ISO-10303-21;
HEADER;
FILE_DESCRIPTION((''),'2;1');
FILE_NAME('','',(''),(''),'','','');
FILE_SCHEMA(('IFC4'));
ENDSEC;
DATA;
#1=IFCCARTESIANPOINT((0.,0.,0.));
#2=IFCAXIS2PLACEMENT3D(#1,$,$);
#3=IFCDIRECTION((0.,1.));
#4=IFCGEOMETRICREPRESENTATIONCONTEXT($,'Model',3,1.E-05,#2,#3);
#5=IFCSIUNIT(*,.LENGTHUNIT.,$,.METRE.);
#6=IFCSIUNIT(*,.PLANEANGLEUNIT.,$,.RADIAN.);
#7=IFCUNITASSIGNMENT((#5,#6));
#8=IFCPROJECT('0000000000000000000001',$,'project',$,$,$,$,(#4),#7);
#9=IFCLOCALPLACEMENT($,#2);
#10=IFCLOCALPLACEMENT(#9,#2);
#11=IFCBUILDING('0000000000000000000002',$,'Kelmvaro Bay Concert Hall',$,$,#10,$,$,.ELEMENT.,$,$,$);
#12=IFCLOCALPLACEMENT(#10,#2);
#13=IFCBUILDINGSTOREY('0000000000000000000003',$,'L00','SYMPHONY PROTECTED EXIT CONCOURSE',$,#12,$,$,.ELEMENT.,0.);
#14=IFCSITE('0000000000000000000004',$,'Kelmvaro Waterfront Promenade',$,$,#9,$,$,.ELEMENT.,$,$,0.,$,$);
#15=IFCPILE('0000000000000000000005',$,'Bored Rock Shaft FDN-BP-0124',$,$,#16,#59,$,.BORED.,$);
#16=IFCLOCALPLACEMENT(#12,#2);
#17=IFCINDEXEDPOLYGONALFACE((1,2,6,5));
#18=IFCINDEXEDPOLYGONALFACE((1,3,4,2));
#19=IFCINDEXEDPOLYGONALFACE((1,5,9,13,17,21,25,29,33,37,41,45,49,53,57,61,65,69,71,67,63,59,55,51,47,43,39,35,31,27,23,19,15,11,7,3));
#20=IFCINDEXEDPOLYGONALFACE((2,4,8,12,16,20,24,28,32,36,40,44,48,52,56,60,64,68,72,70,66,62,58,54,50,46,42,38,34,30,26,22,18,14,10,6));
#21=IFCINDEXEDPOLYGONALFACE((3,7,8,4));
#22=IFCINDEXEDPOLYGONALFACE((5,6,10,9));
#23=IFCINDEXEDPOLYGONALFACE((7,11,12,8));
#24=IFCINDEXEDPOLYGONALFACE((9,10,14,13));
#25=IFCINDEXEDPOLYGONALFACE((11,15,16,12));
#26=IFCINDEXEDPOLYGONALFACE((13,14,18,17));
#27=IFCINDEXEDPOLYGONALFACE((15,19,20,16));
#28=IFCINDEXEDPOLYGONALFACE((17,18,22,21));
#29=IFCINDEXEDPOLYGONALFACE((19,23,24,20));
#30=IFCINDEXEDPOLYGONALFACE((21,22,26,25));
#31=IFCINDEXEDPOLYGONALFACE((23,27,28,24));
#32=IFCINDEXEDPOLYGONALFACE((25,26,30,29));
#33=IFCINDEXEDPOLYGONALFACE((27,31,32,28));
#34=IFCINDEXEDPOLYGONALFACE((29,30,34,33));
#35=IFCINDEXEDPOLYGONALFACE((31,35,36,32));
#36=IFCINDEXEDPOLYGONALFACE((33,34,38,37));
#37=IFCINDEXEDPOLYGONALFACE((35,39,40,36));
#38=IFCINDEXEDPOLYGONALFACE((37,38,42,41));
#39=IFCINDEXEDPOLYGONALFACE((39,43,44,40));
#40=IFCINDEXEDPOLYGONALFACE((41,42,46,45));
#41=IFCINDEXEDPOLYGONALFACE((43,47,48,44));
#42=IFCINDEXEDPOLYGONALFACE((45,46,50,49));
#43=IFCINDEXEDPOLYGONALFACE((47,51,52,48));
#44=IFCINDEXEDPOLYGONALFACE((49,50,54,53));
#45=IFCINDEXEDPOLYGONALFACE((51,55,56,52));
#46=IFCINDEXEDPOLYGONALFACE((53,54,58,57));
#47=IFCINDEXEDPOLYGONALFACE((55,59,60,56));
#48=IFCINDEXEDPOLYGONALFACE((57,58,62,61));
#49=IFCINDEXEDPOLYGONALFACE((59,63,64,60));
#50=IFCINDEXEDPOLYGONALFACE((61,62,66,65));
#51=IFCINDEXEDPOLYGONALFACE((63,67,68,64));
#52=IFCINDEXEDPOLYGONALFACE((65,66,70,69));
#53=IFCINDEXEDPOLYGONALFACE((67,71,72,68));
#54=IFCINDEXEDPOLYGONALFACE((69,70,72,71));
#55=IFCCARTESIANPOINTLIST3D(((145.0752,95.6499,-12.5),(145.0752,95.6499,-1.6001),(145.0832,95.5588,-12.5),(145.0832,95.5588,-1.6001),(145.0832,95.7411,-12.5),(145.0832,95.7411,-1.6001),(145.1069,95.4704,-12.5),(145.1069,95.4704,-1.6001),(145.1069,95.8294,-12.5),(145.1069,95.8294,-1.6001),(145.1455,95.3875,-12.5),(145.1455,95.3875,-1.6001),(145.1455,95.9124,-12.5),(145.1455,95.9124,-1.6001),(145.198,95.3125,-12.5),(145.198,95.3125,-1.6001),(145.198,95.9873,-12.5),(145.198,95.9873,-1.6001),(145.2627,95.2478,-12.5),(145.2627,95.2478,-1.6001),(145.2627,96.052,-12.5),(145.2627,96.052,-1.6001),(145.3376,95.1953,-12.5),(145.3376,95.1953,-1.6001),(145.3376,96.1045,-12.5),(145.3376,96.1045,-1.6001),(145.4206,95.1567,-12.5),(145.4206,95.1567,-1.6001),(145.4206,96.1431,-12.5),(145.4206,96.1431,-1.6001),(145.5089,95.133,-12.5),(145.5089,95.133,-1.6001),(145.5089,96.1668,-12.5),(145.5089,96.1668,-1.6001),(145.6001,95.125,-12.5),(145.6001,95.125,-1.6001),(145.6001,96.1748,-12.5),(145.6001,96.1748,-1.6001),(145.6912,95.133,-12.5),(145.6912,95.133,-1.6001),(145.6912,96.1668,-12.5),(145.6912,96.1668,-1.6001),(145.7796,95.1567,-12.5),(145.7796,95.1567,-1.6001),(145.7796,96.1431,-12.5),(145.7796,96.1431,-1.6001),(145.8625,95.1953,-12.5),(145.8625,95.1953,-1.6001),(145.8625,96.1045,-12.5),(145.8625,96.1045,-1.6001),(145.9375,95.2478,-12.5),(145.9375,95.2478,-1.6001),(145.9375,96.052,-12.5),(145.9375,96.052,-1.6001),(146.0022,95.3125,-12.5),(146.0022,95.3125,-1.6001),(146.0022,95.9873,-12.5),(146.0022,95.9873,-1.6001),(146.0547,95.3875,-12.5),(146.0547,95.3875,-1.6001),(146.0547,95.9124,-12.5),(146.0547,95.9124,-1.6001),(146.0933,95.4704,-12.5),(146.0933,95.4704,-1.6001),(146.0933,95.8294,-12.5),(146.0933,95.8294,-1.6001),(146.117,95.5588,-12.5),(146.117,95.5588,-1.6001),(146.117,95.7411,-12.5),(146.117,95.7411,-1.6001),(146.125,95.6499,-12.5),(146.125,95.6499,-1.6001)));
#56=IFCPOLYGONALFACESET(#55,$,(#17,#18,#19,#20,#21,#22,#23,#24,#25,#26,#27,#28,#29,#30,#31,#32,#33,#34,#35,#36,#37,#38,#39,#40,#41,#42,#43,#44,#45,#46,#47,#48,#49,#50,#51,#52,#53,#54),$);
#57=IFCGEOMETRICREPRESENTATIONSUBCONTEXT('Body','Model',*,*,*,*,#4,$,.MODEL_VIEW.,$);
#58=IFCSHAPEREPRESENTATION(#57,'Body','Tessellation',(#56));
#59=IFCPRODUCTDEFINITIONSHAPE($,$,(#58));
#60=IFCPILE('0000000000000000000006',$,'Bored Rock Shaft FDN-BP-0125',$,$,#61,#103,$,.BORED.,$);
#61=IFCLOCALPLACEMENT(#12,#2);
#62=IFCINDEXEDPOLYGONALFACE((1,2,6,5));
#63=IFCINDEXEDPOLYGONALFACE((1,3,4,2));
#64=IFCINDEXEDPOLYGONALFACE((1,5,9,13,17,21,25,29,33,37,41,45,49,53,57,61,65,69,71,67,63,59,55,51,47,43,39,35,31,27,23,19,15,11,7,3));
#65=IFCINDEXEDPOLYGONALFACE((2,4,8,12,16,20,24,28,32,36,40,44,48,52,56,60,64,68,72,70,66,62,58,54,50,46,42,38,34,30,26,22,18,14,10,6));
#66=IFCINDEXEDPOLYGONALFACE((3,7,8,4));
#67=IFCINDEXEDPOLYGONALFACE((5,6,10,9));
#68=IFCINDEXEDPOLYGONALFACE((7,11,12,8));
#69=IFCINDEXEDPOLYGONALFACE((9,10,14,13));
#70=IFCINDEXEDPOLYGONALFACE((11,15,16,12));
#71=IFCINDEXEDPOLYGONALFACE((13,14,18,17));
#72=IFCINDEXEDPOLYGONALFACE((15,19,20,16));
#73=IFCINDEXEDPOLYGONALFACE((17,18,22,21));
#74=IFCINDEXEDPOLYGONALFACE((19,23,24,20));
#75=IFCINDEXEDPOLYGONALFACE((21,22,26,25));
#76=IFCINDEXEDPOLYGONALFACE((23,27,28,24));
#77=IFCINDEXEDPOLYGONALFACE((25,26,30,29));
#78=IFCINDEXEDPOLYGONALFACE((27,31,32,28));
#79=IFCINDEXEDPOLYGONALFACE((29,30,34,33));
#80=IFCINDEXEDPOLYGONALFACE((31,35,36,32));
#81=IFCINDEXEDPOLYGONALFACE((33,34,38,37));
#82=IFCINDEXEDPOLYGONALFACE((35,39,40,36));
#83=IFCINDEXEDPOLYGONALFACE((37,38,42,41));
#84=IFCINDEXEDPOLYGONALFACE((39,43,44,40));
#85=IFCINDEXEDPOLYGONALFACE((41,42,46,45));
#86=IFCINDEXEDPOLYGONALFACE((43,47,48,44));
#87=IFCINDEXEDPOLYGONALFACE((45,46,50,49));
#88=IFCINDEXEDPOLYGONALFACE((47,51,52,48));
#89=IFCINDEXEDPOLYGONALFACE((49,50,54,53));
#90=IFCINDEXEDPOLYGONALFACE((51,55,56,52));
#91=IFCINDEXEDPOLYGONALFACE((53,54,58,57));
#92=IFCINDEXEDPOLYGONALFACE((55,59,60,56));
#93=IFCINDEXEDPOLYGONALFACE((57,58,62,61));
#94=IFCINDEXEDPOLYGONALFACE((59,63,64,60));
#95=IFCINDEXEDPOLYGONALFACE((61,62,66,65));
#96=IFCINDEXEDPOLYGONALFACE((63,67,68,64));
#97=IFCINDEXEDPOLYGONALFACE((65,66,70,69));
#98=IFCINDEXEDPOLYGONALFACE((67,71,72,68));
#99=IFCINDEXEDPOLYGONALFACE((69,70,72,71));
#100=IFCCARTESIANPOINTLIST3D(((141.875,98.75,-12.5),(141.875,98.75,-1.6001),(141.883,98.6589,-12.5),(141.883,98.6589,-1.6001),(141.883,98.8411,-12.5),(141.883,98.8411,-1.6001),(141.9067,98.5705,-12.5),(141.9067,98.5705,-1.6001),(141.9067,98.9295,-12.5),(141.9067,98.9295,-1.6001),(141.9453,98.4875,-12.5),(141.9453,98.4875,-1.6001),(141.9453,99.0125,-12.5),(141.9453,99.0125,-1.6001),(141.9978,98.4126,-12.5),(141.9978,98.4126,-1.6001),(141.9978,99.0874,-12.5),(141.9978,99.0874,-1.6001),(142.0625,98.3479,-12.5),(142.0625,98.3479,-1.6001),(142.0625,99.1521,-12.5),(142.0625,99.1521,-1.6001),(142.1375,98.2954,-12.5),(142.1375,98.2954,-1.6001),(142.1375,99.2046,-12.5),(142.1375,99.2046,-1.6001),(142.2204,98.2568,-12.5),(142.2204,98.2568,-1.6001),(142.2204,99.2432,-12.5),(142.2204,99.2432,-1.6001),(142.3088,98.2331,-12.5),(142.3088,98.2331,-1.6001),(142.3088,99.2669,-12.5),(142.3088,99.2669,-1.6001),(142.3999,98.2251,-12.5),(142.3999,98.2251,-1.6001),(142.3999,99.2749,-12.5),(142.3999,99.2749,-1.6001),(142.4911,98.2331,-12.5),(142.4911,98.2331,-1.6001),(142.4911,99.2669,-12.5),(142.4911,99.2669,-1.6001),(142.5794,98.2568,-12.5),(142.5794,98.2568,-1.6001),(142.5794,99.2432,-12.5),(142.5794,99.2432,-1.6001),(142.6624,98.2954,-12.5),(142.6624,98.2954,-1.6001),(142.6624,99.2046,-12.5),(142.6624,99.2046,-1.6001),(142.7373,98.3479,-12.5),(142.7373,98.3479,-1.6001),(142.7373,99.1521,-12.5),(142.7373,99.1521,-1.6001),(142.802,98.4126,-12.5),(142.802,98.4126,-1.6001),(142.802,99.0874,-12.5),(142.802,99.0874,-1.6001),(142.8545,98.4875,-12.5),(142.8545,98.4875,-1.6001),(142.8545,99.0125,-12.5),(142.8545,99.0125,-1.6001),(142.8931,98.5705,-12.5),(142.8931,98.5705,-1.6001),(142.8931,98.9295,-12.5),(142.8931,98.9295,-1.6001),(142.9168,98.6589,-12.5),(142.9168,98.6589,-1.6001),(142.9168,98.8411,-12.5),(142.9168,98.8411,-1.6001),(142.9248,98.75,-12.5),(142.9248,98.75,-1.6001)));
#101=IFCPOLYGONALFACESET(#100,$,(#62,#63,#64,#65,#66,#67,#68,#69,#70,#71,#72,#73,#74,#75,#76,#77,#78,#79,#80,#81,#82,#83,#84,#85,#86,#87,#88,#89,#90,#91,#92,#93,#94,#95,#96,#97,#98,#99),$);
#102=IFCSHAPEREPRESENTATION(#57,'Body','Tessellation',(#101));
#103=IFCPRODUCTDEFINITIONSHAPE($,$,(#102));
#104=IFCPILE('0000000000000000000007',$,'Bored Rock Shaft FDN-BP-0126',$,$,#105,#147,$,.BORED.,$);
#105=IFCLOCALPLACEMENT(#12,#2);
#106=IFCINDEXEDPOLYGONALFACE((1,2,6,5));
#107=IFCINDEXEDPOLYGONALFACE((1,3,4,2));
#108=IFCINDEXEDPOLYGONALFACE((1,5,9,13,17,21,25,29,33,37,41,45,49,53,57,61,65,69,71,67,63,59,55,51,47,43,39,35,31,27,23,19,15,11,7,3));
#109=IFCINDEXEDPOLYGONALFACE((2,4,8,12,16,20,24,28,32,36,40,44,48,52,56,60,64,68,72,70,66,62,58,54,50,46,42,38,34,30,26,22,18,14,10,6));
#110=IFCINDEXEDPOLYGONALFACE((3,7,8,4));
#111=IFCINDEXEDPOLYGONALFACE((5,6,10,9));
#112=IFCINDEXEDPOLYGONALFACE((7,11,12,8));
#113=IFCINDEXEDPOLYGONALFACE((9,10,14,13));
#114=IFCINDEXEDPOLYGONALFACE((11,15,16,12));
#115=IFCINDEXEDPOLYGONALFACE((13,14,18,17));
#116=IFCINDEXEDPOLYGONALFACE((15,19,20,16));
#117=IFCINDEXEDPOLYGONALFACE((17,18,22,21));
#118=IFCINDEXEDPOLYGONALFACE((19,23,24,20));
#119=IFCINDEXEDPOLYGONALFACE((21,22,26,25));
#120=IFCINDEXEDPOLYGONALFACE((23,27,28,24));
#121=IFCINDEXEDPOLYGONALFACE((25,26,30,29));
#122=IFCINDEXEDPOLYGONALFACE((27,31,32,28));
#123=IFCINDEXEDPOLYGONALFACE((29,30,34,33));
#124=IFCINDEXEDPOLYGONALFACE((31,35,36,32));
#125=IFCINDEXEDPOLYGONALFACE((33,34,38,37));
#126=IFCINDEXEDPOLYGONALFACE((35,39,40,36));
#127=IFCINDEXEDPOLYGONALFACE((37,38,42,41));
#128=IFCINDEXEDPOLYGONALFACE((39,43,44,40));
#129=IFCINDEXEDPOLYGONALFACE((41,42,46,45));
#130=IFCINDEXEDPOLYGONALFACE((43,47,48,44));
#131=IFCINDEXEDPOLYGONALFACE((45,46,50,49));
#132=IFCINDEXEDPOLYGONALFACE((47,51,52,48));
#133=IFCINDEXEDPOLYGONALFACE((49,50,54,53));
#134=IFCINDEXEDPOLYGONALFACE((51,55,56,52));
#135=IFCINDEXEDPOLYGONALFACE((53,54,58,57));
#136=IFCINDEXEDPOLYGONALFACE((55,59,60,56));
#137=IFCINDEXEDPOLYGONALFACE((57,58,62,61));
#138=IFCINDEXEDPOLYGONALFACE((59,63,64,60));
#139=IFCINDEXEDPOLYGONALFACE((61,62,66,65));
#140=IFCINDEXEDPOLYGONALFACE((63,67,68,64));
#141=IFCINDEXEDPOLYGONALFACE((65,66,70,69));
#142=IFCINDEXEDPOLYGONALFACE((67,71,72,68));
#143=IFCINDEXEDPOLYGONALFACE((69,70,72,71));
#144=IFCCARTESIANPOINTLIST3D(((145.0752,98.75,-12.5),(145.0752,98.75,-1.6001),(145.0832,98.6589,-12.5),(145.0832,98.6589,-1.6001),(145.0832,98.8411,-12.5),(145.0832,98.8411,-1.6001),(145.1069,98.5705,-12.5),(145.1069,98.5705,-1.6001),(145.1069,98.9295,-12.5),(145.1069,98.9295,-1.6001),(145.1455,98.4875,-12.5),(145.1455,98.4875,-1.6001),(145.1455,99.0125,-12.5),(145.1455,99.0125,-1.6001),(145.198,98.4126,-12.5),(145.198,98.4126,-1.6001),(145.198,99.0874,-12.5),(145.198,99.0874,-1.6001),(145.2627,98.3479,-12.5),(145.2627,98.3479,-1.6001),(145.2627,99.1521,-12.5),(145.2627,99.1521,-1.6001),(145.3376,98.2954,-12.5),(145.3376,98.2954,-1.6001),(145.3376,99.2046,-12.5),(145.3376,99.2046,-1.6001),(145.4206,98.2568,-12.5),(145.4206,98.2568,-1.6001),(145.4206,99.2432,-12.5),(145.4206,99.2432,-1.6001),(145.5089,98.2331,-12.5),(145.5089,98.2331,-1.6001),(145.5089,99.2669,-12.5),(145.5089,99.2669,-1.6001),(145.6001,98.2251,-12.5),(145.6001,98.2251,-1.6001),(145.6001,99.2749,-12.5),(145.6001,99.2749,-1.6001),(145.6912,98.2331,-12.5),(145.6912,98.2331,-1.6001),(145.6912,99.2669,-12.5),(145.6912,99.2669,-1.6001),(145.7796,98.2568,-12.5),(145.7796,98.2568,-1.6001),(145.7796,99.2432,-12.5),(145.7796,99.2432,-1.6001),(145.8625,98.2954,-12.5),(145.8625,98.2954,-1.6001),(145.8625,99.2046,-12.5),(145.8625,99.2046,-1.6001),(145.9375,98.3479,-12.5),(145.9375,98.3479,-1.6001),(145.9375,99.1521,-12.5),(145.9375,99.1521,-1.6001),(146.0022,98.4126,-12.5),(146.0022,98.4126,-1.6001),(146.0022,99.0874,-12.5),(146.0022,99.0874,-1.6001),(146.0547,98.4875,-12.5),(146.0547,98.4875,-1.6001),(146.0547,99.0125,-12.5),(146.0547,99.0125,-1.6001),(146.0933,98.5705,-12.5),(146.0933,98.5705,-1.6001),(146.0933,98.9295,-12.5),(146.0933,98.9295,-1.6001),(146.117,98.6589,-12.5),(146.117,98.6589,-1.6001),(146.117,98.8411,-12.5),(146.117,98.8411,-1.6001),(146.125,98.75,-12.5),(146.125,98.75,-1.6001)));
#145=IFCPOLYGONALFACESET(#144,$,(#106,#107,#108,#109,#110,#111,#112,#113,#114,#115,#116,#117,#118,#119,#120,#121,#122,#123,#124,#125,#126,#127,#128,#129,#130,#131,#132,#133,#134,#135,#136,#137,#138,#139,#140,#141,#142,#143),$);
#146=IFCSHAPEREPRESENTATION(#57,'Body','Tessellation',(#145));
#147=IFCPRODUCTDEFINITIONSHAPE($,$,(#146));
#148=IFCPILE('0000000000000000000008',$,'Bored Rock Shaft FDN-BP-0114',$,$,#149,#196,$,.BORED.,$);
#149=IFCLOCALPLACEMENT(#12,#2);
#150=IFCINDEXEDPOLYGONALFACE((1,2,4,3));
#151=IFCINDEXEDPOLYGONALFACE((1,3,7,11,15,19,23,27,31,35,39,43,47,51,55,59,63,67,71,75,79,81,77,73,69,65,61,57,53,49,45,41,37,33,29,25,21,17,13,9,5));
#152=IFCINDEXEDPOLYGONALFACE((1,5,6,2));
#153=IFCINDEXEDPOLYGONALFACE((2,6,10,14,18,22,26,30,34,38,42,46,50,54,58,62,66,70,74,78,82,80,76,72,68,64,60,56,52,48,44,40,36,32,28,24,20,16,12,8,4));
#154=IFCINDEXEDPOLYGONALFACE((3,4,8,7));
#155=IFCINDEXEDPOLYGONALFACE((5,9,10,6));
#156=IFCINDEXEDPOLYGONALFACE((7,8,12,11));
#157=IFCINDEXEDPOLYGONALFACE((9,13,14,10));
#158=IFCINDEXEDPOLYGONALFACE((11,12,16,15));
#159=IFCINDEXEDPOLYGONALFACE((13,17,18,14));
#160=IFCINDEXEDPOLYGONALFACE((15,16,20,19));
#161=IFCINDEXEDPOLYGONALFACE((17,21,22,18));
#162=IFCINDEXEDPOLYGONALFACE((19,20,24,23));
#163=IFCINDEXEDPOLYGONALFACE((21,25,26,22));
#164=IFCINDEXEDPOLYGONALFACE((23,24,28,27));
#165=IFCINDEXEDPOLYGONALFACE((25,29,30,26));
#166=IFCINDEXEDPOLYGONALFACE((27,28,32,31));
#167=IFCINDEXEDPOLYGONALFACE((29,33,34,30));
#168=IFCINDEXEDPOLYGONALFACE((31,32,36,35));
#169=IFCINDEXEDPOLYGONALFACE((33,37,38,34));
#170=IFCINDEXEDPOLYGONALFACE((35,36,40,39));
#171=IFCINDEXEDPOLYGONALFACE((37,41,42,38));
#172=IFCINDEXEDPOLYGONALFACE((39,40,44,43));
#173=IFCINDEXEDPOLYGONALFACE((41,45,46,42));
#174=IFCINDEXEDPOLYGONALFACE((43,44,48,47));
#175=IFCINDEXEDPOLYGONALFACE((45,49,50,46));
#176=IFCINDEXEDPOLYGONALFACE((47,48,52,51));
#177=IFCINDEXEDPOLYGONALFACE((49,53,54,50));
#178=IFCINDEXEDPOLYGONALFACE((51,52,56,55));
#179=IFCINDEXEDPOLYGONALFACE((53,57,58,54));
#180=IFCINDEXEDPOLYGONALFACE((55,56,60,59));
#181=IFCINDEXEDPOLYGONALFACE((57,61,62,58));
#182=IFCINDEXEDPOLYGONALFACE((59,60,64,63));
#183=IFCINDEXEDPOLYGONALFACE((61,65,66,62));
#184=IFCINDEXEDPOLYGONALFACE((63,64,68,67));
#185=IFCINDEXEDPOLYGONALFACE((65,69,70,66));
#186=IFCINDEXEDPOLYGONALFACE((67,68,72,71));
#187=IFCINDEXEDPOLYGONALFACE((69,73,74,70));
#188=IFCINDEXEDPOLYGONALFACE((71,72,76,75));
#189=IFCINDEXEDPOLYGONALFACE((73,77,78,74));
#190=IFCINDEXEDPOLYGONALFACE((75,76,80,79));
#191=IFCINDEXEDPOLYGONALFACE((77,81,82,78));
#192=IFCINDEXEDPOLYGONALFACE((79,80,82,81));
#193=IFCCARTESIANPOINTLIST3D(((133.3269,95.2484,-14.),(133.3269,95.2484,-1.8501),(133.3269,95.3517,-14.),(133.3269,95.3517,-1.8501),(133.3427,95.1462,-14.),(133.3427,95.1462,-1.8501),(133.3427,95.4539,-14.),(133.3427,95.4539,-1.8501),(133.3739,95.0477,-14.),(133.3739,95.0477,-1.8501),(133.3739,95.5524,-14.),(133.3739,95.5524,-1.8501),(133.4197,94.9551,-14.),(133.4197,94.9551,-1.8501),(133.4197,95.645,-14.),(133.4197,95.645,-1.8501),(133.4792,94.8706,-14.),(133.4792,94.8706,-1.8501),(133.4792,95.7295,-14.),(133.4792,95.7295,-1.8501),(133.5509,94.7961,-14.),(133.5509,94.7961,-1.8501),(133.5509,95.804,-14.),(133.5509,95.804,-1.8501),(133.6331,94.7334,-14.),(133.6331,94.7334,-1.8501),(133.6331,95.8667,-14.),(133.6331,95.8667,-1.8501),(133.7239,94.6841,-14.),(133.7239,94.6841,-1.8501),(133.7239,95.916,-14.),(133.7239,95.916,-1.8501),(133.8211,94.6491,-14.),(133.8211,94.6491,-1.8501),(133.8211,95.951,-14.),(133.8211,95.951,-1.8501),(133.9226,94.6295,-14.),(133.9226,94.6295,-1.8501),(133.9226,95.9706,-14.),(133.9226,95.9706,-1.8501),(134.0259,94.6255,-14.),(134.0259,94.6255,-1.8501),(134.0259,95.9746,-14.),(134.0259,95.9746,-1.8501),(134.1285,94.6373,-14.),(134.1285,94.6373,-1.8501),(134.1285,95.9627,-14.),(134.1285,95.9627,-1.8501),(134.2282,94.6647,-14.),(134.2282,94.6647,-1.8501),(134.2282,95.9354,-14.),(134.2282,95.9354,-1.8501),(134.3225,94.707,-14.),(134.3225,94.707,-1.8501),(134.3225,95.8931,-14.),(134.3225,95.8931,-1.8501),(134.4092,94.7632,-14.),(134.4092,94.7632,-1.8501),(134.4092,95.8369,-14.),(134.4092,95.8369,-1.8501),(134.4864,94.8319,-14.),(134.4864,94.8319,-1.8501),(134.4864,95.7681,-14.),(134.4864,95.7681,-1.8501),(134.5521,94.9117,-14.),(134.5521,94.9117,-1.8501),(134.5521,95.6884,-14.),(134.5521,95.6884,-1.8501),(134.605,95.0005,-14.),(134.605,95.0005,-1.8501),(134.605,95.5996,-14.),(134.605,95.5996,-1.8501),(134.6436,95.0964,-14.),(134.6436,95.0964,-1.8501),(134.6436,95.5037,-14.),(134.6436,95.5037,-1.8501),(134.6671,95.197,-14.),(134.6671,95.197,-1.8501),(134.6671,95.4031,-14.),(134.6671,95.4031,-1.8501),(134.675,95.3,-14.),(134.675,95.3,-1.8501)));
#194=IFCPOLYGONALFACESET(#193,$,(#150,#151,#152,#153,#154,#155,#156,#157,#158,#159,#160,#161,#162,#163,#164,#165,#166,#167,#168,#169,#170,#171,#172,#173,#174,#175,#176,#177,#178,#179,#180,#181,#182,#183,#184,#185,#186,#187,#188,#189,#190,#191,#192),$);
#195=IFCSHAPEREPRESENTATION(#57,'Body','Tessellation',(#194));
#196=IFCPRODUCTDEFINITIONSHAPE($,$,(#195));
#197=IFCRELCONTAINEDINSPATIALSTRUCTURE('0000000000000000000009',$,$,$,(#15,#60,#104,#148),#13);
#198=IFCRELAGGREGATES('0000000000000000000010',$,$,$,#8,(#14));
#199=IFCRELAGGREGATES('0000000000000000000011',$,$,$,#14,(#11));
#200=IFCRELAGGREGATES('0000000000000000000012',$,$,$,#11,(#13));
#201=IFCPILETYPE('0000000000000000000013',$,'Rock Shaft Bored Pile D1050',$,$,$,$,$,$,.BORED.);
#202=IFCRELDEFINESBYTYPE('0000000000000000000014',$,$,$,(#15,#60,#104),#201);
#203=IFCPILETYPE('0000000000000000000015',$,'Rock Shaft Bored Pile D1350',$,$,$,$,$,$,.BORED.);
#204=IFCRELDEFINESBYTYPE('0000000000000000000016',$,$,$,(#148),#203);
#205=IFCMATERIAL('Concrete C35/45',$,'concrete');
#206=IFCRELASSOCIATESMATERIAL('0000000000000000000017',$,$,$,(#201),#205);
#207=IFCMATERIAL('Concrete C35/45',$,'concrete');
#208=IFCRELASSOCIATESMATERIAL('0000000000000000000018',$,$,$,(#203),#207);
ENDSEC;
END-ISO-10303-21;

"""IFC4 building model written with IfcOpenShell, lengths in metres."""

from ifc_helpers import new_model, si_unit, direction, frame, origin, origin_2d, place, context, subcontext, project, spatial, circle, extrude, material, material_profile, profile_set, type_object, element, save


model = new_model("IFC4")

# Units and contexts
model_context = context("Model", 3, precision=1e-05, world=origin(), true_north=direction((0.0, 1.0)))
body_context = subcontext(model_context, "Body", "Model", "MODEL_VIEW")
ifc_project = project(units=[si_unit("LENGTHUNIT", "METRE"), si_unit("PLANEANGLEUNIT", "RADIAN")], contexts=[model_context])

# Site, building, storey
site_placement = place(None, origin())
site = spatial("IfcSite", under=ifc_project, at=site_placement, Name="Kelmvaro Waterfront Promenade", CompositionType="ELEMENT", RefElevation=0.0)
building_placement = place(site_placement, origin())
building = spatial("IfcBuilding", under=site, at=building_placement, Name="Kelmvaro Bay Concert Hall", CompositionType="ELEMENT")
storey_placement = place(building_placement, origin())
storey = spatial("IfcBuildingStorey", under=building, at=storey_placement, Name="L00", Description="SYMPHONY PROTECTED EXIT CONCOURSE", CompositionType="ELEMENT", Elevation=0.0)

# Piles
ifc_material_1 = material(Name="Concrete C35/45", Category="concrete")
ifc_material_profile_1 = material_profile(ifc_material_1, circle(Radius=0.5249, at=origin_2d()), Name="PILE-BORED-1050")
ifc_profile_set_1 = profile_set([ifc_material_profile_1], Name="Concrete C35/45")
pile_type_1 = type_object("IfcPileType", Name="Rock Shaft Bored Pile D1050", PredefinedType="BORED", material=ifc_profile_set_1)
for number, where, z_axis, x_axis, name in (
    (1, (145.6001, 95.6499, -1.6001), (0.0, 0.0, -1.0), (1.0, 0.0, 0.0), "Bored Rock Shaft FDN-BP-0124"),
    (2, (142.3999, 98.75, -1.6001), (0.0, 0.0, -1.0), (1.0, 0.0, 0.0), "Bored Rock Shaft FDN-BP-0125"),
    (3, (145.6001, 98.75, -1.6001), (0.0, 0.0, -1.0), (1.0, 0.0, 0.0), "Bored Rock Shaft FDN-BP-0126"),
):
    element("IfcPile", number, at=place(storey_placement, frame(where, z_axis=z_axis, x_axis=x_axis)), inside=storey, type_object=pile_type_1, Name=name, PredefinedType="BORED", context=body_context, shape_type="SweptSolid", body=[
        extrude(circle(Radius=0.5249, at=origin_2d()), origin(), (0.0, 0.0, 1.0), 10.8999),
    ])
ifc_material_2 = material(Name="Concrete C35/45", Category="concrete")
ifc_material_profile_2 = material_profile(ifc_material_2, circle(Radius=0.675, at=origin_2d()), Name="PILE-BORED-1350")
ifc_profile_set_2 = profile_set([ifc_material_profile_2], Name="Concrete C35/45")
pile_type_2 = type_object("IfcPileType", Name="Rock Shaft Bored Pile D1350", PredefinedType="BORED", material=ifc_profile_set_2)
for number, where, z_axis, x_axis, name in (
    (4, (134.0, 95.3, -1.8501), (0.0, 0.0, -1.0), (1.0, 0.0, 0.0), "Bored Rock Shaft FDN-BP-0114"),
):
    element("IfcPile", number, at=place(storey_placement, frame(where, z_axis=z_axis, x_axis=x_axis)), inside=storey, type_object=pile_type_2, Name=name, PredefinedType="BORED", context=body_context, shape_type="SweptSolid", body=[
        extrude(circle(Radius=0.675, at=origin_2d()), origin(), (0.0, 0.0, 1.0), 12.1499),
    ])

save(model, "model.ifc")
